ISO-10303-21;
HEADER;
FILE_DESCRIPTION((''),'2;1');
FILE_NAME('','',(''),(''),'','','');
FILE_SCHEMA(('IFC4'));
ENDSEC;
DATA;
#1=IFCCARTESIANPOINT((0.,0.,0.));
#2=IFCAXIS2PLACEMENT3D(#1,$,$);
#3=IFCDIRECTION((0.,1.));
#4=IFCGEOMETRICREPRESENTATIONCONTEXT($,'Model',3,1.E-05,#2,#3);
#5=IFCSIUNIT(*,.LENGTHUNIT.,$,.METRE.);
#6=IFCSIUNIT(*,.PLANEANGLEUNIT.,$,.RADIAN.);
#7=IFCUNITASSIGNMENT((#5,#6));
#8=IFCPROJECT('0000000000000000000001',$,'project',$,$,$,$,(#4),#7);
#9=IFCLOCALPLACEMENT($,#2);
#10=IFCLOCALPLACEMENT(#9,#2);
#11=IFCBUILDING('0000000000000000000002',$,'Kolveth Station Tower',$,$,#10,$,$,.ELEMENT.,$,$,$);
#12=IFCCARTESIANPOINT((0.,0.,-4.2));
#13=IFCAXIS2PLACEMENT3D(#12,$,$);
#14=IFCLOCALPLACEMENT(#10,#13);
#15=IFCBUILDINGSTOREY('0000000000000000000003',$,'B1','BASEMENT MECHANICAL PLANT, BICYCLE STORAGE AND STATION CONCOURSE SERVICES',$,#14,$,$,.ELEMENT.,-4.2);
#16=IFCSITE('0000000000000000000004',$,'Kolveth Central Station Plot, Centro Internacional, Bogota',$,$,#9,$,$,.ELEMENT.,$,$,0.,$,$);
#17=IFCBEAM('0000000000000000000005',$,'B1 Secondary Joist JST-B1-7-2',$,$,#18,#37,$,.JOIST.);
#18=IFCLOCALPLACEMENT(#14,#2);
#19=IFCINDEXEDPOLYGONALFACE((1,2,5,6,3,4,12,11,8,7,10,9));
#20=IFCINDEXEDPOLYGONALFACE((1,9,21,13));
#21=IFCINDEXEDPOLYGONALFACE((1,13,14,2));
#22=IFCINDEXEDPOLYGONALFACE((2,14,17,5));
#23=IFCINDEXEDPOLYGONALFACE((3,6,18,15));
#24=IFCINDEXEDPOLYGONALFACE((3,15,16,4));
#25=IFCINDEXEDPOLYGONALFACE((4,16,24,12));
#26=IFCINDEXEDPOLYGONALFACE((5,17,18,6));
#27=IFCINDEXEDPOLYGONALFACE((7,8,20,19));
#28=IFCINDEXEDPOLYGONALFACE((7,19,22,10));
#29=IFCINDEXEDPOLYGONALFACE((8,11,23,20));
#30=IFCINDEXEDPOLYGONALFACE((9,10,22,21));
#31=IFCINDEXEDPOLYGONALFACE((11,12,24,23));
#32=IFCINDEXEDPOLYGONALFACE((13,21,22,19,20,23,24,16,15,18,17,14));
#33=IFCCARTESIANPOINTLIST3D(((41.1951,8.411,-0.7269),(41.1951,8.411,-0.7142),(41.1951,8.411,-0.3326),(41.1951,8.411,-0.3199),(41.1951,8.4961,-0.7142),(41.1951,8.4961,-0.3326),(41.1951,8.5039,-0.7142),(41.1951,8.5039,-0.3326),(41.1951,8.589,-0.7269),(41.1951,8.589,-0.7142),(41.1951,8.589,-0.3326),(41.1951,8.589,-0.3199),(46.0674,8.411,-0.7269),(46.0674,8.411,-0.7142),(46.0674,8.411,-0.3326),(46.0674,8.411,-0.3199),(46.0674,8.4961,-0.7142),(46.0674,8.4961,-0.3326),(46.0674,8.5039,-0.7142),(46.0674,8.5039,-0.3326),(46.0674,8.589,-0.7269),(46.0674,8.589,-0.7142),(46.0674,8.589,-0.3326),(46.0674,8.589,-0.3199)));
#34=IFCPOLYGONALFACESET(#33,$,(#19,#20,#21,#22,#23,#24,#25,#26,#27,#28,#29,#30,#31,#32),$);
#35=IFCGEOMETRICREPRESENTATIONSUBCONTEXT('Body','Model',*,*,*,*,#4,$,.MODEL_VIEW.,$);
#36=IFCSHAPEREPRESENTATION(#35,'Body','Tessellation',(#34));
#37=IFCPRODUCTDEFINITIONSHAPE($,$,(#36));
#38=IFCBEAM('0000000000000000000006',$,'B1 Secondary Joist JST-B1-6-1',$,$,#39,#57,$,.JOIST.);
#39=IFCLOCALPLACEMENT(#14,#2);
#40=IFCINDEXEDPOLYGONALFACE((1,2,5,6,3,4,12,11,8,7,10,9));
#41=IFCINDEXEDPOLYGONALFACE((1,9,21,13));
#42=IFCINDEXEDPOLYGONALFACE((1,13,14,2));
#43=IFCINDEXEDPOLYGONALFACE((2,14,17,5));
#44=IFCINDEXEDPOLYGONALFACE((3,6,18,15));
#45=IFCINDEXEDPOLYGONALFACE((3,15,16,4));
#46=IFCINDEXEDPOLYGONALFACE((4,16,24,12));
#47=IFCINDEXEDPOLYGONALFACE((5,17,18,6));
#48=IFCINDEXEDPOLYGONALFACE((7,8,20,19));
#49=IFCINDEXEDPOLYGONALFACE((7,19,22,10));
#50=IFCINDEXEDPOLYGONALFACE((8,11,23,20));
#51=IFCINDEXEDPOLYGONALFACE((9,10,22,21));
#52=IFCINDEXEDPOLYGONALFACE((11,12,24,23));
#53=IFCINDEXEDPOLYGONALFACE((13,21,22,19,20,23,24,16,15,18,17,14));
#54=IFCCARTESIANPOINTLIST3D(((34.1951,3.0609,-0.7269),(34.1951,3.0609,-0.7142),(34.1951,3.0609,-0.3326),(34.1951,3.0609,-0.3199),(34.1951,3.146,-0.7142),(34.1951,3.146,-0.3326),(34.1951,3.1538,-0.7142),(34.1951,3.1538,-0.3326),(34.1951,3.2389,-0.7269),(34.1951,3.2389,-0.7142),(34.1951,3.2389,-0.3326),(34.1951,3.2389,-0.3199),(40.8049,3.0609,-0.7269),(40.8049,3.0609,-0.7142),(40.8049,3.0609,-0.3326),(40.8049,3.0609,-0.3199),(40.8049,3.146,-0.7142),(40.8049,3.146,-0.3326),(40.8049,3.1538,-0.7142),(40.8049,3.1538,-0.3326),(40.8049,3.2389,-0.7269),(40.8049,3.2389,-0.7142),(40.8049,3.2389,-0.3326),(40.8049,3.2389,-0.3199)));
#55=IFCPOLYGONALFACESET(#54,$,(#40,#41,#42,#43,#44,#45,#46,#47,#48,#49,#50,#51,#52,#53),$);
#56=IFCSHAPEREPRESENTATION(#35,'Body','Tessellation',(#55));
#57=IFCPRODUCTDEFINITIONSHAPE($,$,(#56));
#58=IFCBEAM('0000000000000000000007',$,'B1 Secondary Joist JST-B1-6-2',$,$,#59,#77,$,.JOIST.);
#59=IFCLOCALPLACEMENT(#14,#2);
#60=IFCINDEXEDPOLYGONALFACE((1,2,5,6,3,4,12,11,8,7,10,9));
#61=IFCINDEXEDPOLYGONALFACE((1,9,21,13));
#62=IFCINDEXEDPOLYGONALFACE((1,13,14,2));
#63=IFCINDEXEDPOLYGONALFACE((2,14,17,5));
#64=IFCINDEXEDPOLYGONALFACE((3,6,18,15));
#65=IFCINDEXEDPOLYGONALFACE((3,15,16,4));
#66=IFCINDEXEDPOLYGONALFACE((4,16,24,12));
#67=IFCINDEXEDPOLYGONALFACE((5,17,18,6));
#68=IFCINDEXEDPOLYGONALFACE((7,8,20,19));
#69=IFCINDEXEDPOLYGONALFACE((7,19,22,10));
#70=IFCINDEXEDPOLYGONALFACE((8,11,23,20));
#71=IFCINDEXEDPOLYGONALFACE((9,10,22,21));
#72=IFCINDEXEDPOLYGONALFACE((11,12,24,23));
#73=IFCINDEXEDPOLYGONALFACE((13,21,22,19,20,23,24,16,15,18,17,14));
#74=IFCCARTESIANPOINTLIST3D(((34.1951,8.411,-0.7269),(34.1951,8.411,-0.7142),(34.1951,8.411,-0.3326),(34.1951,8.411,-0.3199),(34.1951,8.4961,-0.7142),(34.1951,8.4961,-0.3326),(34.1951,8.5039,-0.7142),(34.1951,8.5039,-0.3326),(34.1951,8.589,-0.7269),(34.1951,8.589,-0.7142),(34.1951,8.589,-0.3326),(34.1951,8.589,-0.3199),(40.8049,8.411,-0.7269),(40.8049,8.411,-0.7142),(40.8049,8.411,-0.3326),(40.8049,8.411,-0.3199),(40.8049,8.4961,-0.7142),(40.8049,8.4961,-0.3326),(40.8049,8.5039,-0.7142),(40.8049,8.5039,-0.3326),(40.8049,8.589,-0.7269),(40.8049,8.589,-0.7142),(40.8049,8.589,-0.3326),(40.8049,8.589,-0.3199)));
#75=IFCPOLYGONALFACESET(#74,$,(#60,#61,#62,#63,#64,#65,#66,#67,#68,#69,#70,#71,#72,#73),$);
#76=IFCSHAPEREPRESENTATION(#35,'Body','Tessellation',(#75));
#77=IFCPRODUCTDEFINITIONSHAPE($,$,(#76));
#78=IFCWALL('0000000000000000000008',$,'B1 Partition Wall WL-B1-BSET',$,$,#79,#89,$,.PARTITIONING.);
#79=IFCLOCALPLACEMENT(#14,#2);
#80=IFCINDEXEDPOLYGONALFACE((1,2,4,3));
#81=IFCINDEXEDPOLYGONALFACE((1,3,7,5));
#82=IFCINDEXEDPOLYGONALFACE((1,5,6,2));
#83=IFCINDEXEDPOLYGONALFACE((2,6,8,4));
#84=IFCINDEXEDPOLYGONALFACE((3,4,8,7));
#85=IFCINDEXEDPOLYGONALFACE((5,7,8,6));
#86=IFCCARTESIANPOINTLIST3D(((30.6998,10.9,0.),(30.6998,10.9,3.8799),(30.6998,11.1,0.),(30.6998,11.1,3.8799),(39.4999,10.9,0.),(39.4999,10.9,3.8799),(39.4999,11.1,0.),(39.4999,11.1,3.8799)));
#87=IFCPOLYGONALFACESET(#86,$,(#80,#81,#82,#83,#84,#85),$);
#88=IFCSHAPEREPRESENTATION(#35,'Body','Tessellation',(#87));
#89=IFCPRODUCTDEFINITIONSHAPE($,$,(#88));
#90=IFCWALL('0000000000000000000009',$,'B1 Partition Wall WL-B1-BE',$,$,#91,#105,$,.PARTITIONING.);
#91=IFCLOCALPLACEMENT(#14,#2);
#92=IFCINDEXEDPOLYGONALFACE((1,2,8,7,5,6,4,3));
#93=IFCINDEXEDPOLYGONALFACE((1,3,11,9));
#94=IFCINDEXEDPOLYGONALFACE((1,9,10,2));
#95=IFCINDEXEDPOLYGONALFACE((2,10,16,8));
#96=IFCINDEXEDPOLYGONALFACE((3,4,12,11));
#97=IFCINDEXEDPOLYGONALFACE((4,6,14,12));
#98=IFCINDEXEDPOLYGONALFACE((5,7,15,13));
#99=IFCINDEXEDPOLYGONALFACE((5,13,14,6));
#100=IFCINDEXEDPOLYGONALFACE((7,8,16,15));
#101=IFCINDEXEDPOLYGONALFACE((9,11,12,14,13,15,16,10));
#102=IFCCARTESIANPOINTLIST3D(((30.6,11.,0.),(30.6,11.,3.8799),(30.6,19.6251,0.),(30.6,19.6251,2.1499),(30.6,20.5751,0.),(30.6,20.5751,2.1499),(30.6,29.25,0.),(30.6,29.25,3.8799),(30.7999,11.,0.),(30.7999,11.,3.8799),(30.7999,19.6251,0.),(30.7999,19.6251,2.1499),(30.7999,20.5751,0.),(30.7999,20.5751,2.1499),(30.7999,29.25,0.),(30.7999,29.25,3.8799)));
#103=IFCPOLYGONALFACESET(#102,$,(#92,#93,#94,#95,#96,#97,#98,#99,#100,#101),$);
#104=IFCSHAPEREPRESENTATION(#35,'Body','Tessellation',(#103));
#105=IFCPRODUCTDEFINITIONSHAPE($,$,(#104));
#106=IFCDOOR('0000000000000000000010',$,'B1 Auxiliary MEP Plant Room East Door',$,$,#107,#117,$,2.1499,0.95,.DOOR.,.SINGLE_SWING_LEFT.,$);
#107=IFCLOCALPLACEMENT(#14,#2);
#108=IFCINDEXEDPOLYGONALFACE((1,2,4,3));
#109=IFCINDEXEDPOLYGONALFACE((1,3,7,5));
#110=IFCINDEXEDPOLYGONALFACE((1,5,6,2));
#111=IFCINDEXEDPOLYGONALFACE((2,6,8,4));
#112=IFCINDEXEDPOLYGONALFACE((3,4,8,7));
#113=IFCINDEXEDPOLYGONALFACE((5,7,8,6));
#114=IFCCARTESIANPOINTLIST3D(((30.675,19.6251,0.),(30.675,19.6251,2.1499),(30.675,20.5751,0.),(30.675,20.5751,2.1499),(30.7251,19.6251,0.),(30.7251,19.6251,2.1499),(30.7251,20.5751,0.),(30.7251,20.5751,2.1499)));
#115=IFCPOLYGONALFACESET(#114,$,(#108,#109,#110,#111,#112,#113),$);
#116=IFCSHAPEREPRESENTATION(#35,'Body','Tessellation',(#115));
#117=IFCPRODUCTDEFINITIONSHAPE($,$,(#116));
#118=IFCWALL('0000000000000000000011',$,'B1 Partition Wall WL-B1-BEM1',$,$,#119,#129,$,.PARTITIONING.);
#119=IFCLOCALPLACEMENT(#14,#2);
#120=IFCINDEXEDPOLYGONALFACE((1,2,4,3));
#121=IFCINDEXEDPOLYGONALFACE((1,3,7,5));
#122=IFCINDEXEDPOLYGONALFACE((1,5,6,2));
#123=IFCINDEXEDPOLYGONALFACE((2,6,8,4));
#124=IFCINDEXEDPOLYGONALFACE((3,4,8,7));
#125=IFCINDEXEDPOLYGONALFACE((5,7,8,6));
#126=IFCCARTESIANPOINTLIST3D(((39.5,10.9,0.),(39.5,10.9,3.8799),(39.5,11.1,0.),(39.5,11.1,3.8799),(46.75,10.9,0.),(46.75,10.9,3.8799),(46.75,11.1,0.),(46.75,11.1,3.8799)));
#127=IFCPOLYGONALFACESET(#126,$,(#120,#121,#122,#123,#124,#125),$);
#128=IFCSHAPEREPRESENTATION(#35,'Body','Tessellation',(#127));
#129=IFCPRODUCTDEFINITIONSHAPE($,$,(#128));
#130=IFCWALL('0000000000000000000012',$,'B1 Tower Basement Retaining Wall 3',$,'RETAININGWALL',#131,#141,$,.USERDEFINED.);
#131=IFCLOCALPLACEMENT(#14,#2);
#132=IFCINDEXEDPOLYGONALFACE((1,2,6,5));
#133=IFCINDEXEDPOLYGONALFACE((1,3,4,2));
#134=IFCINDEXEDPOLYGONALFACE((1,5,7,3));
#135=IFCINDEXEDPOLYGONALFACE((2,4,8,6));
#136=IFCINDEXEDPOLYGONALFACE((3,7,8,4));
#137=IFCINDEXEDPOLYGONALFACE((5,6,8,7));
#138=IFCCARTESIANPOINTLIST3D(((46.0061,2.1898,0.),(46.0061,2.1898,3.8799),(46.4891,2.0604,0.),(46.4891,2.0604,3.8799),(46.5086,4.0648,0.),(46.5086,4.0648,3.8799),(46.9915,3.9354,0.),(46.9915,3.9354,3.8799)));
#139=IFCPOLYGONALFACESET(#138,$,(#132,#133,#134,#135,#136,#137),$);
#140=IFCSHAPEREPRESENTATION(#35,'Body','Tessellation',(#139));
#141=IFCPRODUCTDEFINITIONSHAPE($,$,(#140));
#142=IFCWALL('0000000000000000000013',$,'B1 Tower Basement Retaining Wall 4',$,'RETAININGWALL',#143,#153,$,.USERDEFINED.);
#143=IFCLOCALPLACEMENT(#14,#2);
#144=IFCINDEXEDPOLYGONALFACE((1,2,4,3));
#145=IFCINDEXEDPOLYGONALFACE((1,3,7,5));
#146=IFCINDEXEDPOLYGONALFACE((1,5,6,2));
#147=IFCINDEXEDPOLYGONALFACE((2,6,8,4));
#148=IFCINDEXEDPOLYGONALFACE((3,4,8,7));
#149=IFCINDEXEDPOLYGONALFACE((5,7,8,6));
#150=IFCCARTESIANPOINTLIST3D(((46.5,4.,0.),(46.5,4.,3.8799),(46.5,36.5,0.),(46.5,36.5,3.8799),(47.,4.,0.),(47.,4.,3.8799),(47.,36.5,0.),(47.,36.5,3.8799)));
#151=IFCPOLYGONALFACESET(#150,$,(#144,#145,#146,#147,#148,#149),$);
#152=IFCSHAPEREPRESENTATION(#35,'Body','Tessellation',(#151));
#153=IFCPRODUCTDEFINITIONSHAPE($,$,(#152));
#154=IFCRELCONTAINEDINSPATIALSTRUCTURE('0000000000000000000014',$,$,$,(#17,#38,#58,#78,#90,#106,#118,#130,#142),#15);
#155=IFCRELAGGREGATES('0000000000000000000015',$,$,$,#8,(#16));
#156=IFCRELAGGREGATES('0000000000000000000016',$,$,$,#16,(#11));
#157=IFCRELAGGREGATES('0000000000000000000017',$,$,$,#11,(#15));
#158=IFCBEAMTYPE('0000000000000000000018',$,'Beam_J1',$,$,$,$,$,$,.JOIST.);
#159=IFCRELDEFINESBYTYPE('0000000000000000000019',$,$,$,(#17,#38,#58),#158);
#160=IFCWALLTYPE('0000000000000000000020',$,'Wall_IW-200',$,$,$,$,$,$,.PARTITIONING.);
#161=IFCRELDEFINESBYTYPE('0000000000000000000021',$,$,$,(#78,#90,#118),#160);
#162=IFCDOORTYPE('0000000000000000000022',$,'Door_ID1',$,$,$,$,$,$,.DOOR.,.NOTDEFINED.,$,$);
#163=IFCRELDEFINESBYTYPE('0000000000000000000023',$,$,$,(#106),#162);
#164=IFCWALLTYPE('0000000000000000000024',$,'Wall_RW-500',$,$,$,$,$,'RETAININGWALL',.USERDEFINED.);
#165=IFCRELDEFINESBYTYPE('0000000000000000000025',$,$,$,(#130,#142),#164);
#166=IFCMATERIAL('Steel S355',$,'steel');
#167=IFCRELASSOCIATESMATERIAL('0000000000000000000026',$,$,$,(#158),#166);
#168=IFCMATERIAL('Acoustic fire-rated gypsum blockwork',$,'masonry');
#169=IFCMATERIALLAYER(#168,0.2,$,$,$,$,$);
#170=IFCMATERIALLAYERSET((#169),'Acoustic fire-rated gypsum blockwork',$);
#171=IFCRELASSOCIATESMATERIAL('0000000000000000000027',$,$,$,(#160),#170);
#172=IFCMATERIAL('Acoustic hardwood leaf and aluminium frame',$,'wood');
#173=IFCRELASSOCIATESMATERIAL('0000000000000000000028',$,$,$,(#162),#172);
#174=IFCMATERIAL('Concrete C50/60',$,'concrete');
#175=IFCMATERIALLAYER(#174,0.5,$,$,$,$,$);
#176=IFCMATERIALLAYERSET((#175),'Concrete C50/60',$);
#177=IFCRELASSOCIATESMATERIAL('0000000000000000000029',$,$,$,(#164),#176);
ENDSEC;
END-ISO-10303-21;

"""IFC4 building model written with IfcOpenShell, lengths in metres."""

from ifc_helpers import new_model, si_unit, direction, frame, frame_2d, origin, origin_2d, place, context, subcontext, project, spatial, rectangle, i_section, extrude, source, transform, mapped, material, layer, layer_set, material_profile, profile_set, type_object, element, fill, save


model = new_model("IFC4")

# Units and contexts
model_context = context("Model", 3, precision=1e-05, world=origin(), true_north=direction((0.0, 1.0)))
body_context = subcontext(model_context, "Body", "Model", "MODEL_VIEW")
ifc_project = project(units=[si_unit("LENGTHUNIT", "METRE"), si_unit("PLANEANGLEUNIT", "RADIAN")], contexts=[model_context])

# Site, building, storey
site_placement = place(None, origin())
site = spatial("IfcSite", under=ifc_project, at=site_placement, Name="Kolveth Central Station Plot, Centro Internacional, Bogota", CompositionType="ELEMENT", RefElevation=0.0)
building_placement = place(site_placement, origin())
building = spatial("IfcBuilding", under=site, at=building_placement, Name="Kolveth Station Tower", CompositionType="ELEMENT")
storey_placement = place(building_placement, frame((0.0, 0.0, -4.2)))
storey = spatial("IfcBuildingStorey", under=building, at=storey_placement, Name="B1", Description="BASEMENT MECHANICAL PLANT, BICYCLE STORAGE AND STATION CONCOURSE SERVICES", CompositionType="ELEMENT", Elevation=-4.2)

# Beams
ifc_material_1 = material(Name="Steel S355", Category="steel")
ifc_material_profile_1 = material_profile(ifc_material_1, i_section(OverallWidth=0.178, OverallDepth=0.407, WebThickness=0.0078, FlangeThickness=0.0127, at=origin_2d()), Name="W410x60")
ifc_profile_set_1 = profile_set([ifc_material_profile_1], Name="Steel S355")
beam_type_1 = type_object("IfcBeamType", Name="Beam_J1", PredefinedType="JOIST", material=ifc_profile_set_1)
shared_shape_1 = source(origin(), body_context, "Body", "SweptSolid", [
    extrude(i_section(OverallWidth=0.178, OverallDepth=0.407, WebThickness=0.0078, FlangeThickness=0.0127, at=origin_2d()), origin(), (0.0, 0.0, 1.0), 4.8723),
])
beam_1_placement = place(storey_placement, frame((41.1951, 8.5, -0.5234), z_axis=(1.0, 0.0, 0.0), x_axis=(0.0, 1.0, 0.0)))
element("IfcBeam", 1, at=beam_1_placement, inside=storey, type_object=beam_type_1, Name="B1 Secondary Joist JST-B1-7-2", PredefinedType="JOIST", context=body_context, shape_type="MappedRepresentation", body=[
    mapped(shared_shape_1, transform((0.0, 0.0, 0.0), x_axis=(1.0, 0.0, 0.0), y_axis=(0.0, 1.0, 0.0), z_axis=(0.0, 0.0, 1.0), scale=1.0)),
])
shared_shape_2 = source(origin(), body_context, "Body", "SweptSolid", [
    extrude(i_section(OverallWidth=0.178, OverallDepth=0.407, WebThickness=0.0078, FlangeThickness=0.0127, at=origin_2d()), origin(), (0.0, 0.0, 1.0), 6.6099),
])
for number, where, z_axis, x_axis, name in (
    (2, (34.1951, 3.1499, -0.5234), (1.0, 0.0, 0.0), (0.0, 1.0, 0.0), "B1 Secondary Joist JST-B1-6-1"),
    (3, (34.1951, 8.5, -0.5234), (1.0, 0.0, 0.0), (0.0, 1.0, 0.0), "B1 Secondary Joist JST-B1-6-2"),
):
    element("IfcBeam", number, at=place(storey_placement, frame(where, z_axis=z_axis, x_axis=x_axis)), inside=storey, type_object=beam_type_1, Name=name, PredefinedType="JOIST", context=body_context, shape_type="MappedRepresentation", body=[
        mapped(shared_shape_2, transform((0.0, 0.0, 0.0), x_axis=(1.0, 0.0, 0.0), y_axis=(0.0, 1.0, 0.0), z_axis=(0.0, 0.0, 1.0), scale=1.0)),
    ])

# Wall
ifc_material_2 = material(Name="Acoustic fire-rated gypsum blockwork", Category="masonry")
ifc_layer_1 = layer(ifc_material_2, 0.2)
ifc_layer_set_1 = layer_set([ifc_layer_1], Name="Acoustic fire-rated gypsum blockwork")
wall_type_1 = type_object("IfcWallType", Name="Wall_IW-200", PredefinedType="PARTITIONING", material=ifc_layer_set_1)
wall_1_placement = place(storey_placement, frame((30.7, 11.0, 0.0), z_axis=(0.0, 0.0, 1.0), x_axis=(1.0, 0.0, 0.0)))
element("IfcWall", 4, at=wall_1_placement, inside=storey, type_object=wall_type_1, Name="B1 Partition Wall WL-B1-BSET", PredefinedType="PARTITIONING", context=body_context, shape_type="SweptSolid", body=[
    extrude(rectangle(XDim=8.8, YDim=0.2, at=frame_2d((4.3999, 0.0))), origin(), (0.0, 0.0, 1.0), 3.8799),
])

# Wall, opening, door
wall_2_placement = place(storey_placement, frame((30.7, 11.0, 0.0), z_axis=(0.0, 0.0, 1.0), x_axis=(0.0, 1.0, 0.0)))
wall_2 = element("IfcWall", 5, at=wall_2_placement, inside=storey, type_object=wall_type_1, Name="B1 Partition Wall WL-B1-BE", PredefinedType="PARTITIONING", context=body_context, shape_type="SweptSolid", body=[
    extrude(rectangle(XDim=18.25, YDim=0.2, at=frame_2d((9.125, 0.0))), origin(), (0.0, 0.0, 1.0), 3.8799),
])
opening_placement = place(wall_2_placement, frame((8.625, 0.0, 0.0)))
opening = element("IfcOpeningElement", 6, at=opening_placement, cuts=wall_2, PredefinedType="OPENING", context=body_context, shape_type="SweptSolid", body=[
    extrude(rectangle(XDim=0.95, YDim=2.1499, at=frame_2d((0.4751, 1.075))), frame((0.0, 0.1099, 0.0), z_axis=(0.0, -1.0, 0.0), x_axis=(1.0, 0.0, 0.0)), (0.0, 0.0, 1.0), 0.22),
])
ifc_material_3 = material(Name="Acoustic hardwood leaf and aluminium frame", Category="wood")
door_type = type_object("IfcDoorType", Name="Door_ID1", OperationType="NOTDEFINED", PredefinedType="DOOR", material=ifc_material_3)
door_placement = place(opening_placement, origin())
door = element("IfcDoor", 7, at=door_placement, inside=storey, type_object=door_type, Name="B1 Auxiliary MEP Plant Room East Door", OperationType="SINGLE_SWING_LEFT", OverallHeight=2.1499, OverallWidth=0.95, PredefinedType="DOOR", context=body_context, shape_type="SweptSolid", body=[
    extrude(rectangle(XDim=0.95, YDim=2.1499, at=frame_2d((0.4751, 1.075))), frame((0.0, 0.0249, 0.0), z_axis=(0.0, -1.0, 0.0), x_axis=(1.0, 0.0, 0.0)), (0.0, 0.0, 1.0), 0.05),
])
fill(opening, door)

# Walls
wall_3_placement = place(storey_placement, frame((39.5, 11.0, 0.0), z_axis=(0.0, 0.0, 1.0), x_axis=(1.0, 0.0, 0.0)))
element("IfcWall", 8, at=wall_3_placement, inside=storey, type_object=wall_type_1, Name="B1 Partition Wall WL-B1-BEM1", PredefinedType="PARTITIONING", context=body_context, shape_type="SweptSolid", body=[
    extrude(rectangle(XDim=7.25, YDim=0.2, at=frame_2d((3.625, 0.0))), origin(), (0.0, 0.0, 1.0), 3.8799),
])
ifc_material_4 = material(Name="Concrete C50/60", Category="concrete")
ifc_layer_2 = layer(ifc_material_4, 0.5)
ifc_layer_set_2 = layer_set([ifc_layer_2], Name="Concrete C50/60")
wall_type_2 = type_object("IfcWallType", Name="Wall_RW-500", ElementType="RETAININGWALL", PredefinedType="USERDEFINED", material=ifc_layer_set_2)
wall_4_placement = place(storey_placement, frame((46.2476, 2.125, 0.0), z_axis=(0.0, 0.0, 1.0), x_axis=(0.258837, 0.965921, 0.0)))
element("IfcWall", 9, at=wall_4_placement, inside=storey, type_object=wall_type_2, Name="B1 Tower Basement Retaining Wall 3", ObjectType="RETAININGWALL", PredefinedType="USERDEFINED", context=body_context, shape_type="SweptSolid", body=[
    extrude(rectangle(XDim=1.9412, YDim=0.5, at=frame_2d((0.9707, 0.0))), origin(), (0.0, 0.0, 1.0), 3.8799),
])
wall_5_placement = place(storey_placement, frame((46.75, 4.0, 0.0), z_axis=(0.0, 0.0, 1.0), x_axis=(0.0, 1.0, 0.0)))
element("IfcWall", 10, at=wall_5_placement, inside=storey, type_object=wall_type_2, Name="B1 Tower Basement Retaining Wall 4", ObjectType="RETAININGWALL", PredefinedType="USERDEFINED", context=body_context, shape_type="SweptSolid", body=[
    extrude(rectangle(XDim=32.5, YDim=0.5, at=frame_2d((16.25, 0.0))), origin(), (0.0, 0.0, 1.0), 3.8799),
])

save(model, "model.ifc")
